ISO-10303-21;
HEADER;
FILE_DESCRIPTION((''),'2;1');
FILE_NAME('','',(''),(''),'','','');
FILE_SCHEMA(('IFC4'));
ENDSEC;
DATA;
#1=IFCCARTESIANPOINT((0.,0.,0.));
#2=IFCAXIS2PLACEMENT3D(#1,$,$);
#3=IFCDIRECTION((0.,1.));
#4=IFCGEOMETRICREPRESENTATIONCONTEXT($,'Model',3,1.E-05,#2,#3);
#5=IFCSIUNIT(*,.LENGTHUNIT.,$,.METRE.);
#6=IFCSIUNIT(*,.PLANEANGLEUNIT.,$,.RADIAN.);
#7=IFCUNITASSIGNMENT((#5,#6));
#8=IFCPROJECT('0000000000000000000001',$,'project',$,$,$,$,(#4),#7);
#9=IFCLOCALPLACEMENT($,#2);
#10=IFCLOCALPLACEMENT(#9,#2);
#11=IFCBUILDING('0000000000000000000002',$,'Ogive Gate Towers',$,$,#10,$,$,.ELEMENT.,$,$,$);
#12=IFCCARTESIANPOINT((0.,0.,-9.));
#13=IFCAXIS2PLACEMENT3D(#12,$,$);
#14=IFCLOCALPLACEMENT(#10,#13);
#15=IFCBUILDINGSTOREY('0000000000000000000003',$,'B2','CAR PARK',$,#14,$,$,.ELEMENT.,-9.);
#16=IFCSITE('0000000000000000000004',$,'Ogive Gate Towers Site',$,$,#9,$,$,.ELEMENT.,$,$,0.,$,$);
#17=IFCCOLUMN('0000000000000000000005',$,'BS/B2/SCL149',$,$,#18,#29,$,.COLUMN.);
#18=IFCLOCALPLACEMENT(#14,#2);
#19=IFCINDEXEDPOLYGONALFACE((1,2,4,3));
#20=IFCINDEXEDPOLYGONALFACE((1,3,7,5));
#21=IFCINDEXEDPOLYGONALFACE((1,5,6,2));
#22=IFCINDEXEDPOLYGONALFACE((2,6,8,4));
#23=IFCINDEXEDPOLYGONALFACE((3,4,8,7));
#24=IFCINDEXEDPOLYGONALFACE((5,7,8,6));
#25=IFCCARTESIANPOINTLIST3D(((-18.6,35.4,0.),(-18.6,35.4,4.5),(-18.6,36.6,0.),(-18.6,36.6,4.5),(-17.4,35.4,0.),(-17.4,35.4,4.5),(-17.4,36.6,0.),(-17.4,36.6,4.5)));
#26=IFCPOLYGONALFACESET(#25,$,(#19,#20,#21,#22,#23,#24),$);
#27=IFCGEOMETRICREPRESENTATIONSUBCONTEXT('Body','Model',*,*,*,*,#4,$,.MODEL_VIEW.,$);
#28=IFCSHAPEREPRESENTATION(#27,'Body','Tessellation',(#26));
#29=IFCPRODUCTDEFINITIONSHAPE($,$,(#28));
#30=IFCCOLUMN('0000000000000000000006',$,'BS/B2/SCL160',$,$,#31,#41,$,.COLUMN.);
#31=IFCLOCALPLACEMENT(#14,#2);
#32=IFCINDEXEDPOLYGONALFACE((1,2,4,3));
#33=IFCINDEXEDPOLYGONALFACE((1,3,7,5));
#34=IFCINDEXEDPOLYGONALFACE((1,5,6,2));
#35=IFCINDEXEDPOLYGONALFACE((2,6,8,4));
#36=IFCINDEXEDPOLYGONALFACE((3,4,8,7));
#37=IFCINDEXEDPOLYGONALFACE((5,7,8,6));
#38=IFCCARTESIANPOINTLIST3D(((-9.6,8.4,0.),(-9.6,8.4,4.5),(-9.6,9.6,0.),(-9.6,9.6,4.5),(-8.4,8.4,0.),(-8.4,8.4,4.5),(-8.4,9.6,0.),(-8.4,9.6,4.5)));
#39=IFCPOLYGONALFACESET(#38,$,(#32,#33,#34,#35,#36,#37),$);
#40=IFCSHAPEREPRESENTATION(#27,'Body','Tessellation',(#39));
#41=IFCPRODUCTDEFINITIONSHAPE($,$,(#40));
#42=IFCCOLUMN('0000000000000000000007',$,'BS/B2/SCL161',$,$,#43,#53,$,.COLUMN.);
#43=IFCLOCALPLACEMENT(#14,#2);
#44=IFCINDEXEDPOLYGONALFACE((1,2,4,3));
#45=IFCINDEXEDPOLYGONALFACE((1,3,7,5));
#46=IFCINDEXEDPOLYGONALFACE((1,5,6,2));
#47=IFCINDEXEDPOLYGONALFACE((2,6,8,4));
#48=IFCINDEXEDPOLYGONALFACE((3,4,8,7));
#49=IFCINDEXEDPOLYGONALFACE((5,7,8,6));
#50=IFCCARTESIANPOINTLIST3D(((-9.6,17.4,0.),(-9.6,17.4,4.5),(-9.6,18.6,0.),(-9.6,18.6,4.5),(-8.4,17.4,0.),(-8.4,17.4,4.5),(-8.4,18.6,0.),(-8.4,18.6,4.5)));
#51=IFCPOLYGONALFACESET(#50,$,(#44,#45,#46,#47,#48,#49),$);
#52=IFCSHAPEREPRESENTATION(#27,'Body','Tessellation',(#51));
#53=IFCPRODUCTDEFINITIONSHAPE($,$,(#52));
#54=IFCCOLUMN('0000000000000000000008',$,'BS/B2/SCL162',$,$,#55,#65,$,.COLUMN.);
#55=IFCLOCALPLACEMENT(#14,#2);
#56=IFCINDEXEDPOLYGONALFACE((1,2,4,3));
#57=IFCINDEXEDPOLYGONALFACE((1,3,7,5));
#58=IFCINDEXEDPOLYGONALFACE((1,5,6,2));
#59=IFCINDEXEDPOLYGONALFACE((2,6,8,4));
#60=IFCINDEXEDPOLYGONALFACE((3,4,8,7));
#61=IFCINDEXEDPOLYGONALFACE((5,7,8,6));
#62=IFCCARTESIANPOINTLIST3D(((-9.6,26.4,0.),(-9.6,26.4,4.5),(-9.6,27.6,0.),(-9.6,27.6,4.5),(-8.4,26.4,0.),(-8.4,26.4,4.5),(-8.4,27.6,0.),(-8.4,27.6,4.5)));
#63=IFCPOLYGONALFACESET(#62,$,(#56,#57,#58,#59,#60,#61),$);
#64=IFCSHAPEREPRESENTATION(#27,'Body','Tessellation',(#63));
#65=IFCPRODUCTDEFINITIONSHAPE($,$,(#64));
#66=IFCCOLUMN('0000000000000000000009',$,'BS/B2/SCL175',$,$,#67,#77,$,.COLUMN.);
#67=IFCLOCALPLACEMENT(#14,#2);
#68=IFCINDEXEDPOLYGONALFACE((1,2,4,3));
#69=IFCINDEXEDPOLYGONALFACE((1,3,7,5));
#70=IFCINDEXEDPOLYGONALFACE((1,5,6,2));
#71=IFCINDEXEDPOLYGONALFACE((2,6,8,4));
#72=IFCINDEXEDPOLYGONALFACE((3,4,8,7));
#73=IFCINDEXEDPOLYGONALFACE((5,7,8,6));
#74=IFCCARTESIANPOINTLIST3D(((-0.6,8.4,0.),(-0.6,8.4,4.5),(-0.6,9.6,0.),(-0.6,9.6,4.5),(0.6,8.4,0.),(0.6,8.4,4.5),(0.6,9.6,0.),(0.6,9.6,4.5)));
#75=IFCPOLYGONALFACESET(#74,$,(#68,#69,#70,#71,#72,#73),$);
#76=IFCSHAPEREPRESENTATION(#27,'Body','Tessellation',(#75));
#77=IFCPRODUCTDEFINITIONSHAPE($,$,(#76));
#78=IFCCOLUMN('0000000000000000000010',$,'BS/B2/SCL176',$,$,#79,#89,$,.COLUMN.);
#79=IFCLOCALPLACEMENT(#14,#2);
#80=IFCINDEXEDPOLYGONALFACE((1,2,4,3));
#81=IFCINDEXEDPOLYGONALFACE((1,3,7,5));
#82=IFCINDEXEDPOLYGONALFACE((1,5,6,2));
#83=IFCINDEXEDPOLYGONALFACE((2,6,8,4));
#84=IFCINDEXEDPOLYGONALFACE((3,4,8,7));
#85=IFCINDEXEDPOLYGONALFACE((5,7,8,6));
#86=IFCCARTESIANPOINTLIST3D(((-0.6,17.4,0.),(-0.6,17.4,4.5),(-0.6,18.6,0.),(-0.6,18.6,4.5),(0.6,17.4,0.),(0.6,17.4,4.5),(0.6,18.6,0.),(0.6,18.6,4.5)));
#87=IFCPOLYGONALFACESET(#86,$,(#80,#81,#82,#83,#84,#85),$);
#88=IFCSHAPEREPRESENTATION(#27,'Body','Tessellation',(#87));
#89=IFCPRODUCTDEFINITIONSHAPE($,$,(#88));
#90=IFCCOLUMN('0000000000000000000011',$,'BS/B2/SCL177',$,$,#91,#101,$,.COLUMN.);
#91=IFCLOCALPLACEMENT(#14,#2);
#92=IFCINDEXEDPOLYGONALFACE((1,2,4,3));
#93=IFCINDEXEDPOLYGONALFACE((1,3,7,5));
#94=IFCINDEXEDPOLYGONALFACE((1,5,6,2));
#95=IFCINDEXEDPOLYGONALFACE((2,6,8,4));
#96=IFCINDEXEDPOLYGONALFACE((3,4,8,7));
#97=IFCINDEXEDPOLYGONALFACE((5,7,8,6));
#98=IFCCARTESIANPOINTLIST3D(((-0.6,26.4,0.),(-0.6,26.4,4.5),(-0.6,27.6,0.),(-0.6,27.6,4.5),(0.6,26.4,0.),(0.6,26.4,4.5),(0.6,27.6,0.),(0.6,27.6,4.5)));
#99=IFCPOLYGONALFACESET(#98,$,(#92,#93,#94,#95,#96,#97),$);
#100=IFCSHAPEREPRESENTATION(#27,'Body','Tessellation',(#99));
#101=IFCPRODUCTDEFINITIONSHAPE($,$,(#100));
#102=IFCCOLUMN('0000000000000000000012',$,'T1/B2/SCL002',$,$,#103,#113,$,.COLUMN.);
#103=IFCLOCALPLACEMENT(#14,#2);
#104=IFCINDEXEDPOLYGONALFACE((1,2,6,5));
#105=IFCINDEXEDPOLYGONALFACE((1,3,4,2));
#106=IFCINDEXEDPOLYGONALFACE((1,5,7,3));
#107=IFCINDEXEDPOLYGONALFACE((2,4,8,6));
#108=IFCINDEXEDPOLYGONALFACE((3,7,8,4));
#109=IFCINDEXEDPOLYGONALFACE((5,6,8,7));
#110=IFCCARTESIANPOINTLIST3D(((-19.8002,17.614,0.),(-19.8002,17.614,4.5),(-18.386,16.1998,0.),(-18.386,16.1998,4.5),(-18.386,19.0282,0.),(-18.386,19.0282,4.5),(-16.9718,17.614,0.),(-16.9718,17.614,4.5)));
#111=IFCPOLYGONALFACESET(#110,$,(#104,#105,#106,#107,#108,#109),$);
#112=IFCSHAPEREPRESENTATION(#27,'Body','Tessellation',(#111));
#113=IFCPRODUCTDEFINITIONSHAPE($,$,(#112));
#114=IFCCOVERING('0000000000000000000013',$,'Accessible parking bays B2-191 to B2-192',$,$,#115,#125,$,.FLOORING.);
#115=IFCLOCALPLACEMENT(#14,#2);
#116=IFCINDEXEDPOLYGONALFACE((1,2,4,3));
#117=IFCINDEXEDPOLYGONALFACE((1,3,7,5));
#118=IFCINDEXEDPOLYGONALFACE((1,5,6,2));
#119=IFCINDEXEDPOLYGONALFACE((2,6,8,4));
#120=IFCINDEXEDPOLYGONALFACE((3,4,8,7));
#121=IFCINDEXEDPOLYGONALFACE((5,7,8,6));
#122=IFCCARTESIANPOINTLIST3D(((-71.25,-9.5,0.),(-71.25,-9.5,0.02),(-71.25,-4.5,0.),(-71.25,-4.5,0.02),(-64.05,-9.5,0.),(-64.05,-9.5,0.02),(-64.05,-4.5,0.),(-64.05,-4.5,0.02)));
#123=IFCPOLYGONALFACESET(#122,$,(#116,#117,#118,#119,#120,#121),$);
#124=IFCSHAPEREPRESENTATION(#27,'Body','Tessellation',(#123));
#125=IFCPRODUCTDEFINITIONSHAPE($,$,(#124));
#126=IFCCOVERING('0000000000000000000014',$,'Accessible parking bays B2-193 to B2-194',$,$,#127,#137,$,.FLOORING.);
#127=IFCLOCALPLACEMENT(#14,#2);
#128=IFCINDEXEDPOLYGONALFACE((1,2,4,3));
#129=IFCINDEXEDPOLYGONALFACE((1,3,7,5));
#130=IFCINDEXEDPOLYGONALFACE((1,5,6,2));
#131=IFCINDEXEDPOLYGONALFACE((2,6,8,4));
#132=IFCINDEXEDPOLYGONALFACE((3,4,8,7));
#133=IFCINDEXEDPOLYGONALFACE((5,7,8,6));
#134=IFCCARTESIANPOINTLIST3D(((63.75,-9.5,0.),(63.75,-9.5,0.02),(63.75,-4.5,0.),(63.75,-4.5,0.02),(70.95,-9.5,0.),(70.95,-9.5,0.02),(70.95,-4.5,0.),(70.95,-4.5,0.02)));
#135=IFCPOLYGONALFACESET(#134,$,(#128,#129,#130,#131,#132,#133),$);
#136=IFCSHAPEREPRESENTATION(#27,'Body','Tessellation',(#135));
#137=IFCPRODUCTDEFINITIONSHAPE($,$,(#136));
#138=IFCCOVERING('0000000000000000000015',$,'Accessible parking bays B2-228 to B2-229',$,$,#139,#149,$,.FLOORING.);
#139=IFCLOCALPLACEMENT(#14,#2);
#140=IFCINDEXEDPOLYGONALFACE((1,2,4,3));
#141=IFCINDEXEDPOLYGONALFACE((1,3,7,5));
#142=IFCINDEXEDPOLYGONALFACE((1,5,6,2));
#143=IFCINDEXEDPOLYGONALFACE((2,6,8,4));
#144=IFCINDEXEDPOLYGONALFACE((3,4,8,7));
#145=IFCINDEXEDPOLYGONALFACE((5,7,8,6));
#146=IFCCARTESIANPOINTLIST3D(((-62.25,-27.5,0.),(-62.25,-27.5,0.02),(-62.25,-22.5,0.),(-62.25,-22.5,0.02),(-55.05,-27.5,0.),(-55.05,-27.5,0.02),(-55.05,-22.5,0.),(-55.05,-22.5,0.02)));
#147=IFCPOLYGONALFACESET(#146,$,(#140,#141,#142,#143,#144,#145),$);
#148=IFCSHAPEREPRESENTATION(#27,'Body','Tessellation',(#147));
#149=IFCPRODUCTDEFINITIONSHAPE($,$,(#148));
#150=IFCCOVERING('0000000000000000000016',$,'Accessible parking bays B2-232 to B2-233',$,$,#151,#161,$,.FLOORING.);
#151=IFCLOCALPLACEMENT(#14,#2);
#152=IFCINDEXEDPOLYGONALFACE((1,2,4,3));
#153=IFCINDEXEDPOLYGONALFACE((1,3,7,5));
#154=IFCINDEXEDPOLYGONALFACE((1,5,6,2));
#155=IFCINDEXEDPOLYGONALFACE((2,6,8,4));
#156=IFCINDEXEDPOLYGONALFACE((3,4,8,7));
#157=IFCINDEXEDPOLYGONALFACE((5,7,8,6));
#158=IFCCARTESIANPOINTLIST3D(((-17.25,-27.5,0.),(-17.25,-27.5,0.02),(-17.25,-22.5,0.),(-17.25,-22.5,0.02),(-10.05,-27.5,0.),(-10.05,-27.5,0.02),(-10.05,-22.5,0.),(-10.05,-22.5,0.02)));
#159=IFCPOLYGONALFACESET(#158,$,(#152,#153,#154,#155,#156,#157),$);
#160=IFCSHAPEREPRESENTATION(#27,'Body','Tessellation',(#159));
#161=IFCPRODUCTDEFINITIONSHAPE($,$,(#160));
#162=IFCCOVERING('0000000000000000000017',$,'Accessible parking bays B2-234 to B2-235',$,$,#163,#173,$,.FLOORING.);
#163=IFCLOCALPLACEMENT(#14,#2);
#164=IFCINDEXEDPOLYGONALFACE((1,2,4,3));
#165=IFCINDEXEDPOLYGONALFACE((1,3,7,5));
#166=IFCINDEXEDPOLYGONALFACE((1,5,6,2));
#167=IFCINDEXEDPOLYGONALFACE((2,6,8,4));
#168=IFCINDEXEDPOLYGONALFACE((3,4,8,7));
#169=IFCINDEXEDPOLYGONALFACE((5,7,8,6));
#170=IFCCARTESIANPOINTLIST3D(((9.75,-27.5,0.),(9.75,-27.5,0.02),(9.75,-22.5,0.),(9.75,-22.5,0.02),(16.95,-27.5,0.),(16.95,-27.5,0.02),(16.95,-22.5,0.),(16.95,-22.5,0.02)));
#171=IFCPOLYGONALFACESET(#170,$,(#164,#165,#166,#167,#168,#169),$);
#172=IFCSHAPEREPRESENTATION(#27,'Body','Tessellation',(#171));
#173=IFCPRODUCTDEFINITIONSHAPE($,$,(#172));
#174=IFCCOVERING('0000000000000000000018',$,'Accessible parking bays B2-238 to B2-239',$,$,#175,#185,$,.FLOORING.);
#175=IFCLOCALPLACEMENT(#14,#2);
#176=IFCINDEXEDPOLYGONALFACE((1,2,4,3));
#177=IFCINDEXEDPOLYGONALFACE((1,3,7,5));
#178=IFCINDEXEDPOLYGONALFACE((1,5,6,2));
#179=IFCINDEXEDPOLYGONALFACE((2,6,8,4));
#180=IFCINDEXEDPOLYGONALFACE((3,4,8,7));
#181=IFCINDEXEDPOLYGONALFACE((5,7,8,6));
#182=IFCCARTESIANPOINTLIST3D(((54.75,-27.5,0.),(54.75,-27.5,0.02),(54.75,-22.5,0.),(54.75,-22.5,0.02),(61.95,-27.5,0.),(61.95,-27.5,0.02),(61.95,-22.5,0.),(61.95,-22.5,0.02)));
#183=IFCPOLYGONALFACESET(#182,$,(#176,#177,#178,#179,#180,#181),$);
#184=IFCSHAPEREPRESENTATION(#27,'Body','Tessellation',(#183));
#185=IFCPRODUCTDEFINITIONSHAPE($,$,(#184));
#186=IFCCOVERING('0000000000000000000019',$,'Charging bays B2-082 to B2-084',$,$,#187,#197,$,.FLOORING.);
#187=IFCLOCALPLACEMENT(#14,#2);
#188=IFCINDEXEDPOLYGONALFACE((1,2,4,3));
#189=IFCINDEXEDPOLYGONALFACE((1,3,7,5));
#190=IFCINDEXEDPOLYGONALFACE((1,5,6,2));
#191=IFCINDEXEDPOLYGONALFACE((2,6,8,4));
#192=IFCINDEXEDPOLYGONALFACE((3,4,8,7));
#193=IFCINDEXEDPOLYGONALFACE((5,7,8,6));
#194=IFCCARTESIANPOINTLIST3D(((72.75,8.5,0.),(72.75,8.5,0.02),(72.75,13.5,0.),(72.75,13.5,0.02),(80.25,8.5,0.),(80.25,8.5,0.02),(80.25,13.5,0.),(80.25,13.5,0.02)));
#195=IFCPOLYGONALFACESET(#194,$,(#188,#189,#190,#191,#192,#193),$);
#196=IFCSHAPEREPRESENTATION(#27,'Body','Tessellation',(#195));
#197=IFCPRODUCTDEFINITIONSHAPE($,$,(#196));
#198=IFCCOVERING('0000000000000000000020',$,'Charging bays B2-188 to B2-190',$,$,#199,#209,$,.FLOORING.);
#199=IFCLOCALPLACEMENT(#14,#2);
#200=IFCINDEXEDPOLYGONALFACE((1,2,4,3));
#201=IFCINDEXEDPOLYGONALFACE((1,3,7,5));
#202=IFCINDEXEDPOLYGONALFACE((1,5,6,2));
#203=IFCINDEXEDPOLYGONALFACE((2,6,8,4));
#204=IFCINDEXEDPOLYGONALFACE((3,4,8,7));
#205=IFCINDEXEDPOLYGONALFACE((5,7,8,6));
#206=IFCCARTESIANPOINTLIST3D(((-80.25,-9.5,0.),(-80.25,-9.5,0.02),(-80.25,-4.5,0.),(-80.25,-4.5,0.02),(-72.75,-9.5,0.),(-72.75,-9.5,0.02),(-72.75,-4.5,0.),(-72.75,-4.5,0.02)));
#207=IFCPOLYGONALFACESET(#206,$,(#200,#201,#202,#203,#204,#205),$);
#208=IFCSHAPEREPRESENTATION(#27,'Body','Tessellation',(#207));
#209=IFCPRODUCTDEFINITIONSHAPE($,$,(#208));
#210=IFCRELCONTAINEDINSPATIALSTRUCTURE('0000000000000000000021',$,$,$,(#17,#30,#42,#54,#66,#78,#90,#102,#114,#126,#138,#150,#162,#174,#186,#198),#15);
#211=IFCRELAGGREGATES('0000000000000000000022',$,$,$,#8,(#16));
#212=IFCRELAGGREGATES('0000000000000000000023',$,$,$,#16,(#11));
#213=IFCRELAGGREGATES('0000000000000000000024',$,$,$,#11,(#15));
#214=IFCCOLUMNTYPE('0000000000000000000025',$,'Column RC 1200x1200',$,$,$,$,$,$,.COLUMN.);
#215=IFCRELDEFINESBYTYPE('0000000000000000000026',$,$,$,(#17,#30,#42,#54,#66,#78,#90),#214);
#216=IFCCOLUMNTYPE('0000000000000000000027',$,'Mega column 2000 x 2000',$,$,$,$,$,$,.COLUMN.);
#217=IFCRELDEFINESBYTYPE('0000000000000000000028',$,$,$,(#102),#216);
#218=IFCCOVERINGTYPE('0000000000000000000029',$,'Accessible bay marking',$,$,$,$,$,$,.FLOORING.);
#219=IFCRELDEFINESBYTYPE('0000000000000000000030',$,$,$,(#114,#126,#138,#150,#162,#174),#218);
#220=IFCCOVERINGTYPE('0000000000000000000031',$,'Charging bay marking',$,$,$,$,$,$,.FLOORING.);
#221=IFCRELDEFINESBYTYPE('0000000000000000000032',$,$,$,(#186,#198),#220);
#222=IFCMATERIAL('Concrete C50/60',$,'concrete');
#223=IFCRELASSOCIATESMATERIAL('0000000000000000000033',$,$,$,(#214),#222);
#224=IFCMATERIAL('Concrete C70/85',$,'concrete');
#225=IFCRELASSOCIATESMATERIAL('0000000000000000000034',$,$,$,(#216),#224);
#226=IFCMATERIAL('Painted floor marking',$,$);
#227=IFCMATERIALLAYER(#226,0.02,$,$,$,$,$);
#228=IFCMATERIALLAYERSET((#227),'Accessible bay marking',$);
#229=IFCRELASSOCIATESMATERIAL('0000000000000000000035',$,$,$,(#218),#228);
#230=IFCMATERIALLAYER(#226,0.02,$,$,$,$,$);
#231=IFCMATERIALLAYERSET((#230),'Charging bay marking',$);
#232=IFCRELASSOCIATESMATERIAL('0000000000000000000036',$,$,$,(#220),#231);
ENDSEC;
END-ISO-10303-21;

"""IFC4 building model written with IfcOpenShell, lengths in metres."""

from ifc_helpers import new_model, si_unit, direction, frame, origin, origin_2d, place, context, subcontext, project, spatial, polyline, rectangle, outline, extrude, material, layer, layer_set, material_profile, profile_set, type_object, element, save


model = new_model("IFC4")

# Units and contexts
model_context = context("Model", 3, precision=1e-05, world=origin(), true_north=direction((0.0, 1.0)))
body_context = subcontext(model_context, "Body", "Model", "MODEL_VIEW")
ifc_project = project(units=[si_unit("LENGTHUNIT", "METRE"), si_unit("PLANEANGLEUNIT", "RADIAN")], contexts=[model_context])

# Site, building, storey
site_placement = place(None, origin())
site = spatial("IfcSite", under=ifc_project, at=site_placement, Name="Ogive Gate Towers Site", CompositionType="ELEMENT", RefElevation=0.0)
building_placement = place(site_placement, origin())
building = spatial("IfcBuilding", under=site, at=building_placement, Name="Ogive Gate Towers", CompositionType="ELEMENT")
storey_placement = place(building_placement, frame((0.0, 0.0, -9.0)))
storey = spatial("IfcBuildingStorey", under=building, at=storey_placement, Name="B2", Description="CAR PARK", CompositionType="ELEMENT", Elevation=-9.0)

# Columns
ifc_material_1 = material(Name="Concrete C50/60", Category="concrete")
ifc_material_profile_1 = material_profile(ifc_material_1, rectangle(XDim=1.2, YDim=1.2, at=origin_2d()), Name="RC 1200x1200")
ifc_profile_set_1 = profile_set([ifc_material_profile_1], Name="Concrete C50/60")
column_type_1 = type_object("IfcColumnType", Name="Column RC 1200x1200", PredefinedType="COLUMN", material=ifc_profile_set_1)
for number, where, z_axis, x_axis, name in (
    (1, (-18.0, 36.0, 0.0), (0.0, 0.0, 1.0), (1.0, 0.0, 0.0), "BS/B2/SCL149"),
    (2, (-9.0, 9.0, 0.0), (0.0, 0.0, 1.0), (1.0, 0.0, 0.0), "BS/B2/SCL160"),
    (3, (-9.0, 18.0, 0.0), (0.0, 0.0, 1.0), (1.0, 0.0, 0.0), "BS/B2/SCL161"),
    (4, (-9.0, 27.0, 0.0), (0.0, 0.0, 1.0), (1.0, 0.0, 0.0), "BS/B2/SCL162"),
    (5, (0.0, 9.0, 0.0), (0.0, 0.0, 1.0), (1.0, 0.0, 0.0), "BS/B2/SCL175"),
    (6, (0.0, 18.0, 0.0), (0.0, 0.0, 1.0), (1.0, 0.0, 0.0), "BS/B2/SCL176"),
    (7, (0.0, 27.0, 0.0), (0.0, 0.0, 1.0), (1.0, 0.0, 0.0), "BS/B2/SCL177"),
):
    element("IfcColumn", number, at=place(storey_placement, frame(where, z_axis=z_axis, x_axis=x_axis)), inside=storey, type_object=column_type_1, Name=name, PredefinedType="COLUMN", context=body_context, shape_type="SweptSolid", body=[
        extrude(rectangle(XDim=1.2, YDim=1.2, at=origin_2d()), origin(), (0.0, 0.0, 1.0), 4.5),
    ])
ifc_material_2 = material(Name="Concrete C70/85", Category="concrete")
ifc_material_profile_2 = material_profile(ifc_material_2, rectangle(XDim=2.0, YDim=2.0, at=origin_2d()), Name="RC 2000x2000")
ifc_profile_set_2 = profile_set([ifc_material_profile_2], Name="Concrete C70/85")
column_type_2 = type_object("IfcColumnType", Name="Mega column 2000 x 2000", PredefinedType="COLUMN", material=ifc_profile_set_2)
column_placement = place(storey_placement, frame((-18.386, 17.614, 0.0), z_axis=(0.0, 0.0, 1.0), x_axis=(0.707107, 0.707107, 0.0)))
element("IfcColumn", 8, at=column_placement, inside=storey, type_object=column_type_2, Name="T1/B2/SCL002", PredefinedType="COLUMN", context=body_context, shape_type="SweptSolid", body=[
    extrude(rectangle(XDim=2.0, YDim=2.0, at=origin_2d()), origin(), (0.0, 0.0, 1.0), 4.5),
])

# Coverings
ifc_material_3 = material(Name="Painted floor marking")
ifc_layer_1 = layer(ifc_material_3, 0.02)
ifc_layer_set_1 = layer_set([ifc_layer_1], Name="Accessible bay marking")
covering_type_1 = type_object("IfcCoveringType", Name="Accessible bay marking", PredefinedType="FLOORING", material=ifc_layer_set_1)
covering_1_placement = place(storey_placement, origin())
element("IfcCovering", 9, at=covering_1_placement, inside=storey, type_object=covering_type_1, Name="Accessible parking bays B2-191 to B2-192", PredefinedType="FLOORING", context=body_context, shape_type="SweptSolid", body=[
    extrude(outline(polyline([(-64.05, -4.5), (-64.05, -9.5), (-71.25, -9.5), (-71.25, -4.5), (-64.05, -4.5)])), origin(), (0.0, 0.0, 1.0), 0.02),
])
covering_2_placement = place(storey_placement, origin())
element("IfcCovering", 10, at=covering_2_placement, inside=storey, type_object=covering_type_1, Name="Accessible parking bays B2-193 to B2-194", PredefinedType="FLOORING", context=body_context, shape_type="SweptSolid", body=[
    extrude(outline(polyline([(70.95, -4.5), (70.95, -9.5), (63.75, -9.5), (63.75, -4.5), (70.95, -4.5)])), origin(), (0.0, 0.0, 1.0), 0.02),
])
covering_3_placement = place(storey_placement, origin())
element("IfcCovering", 11, at=covering_3_placement, inside=storey, type_object=covering_type_1, Name="Accessible parking bays B2-228 to B2-229", PredefinedType="FLOORING", context=body_context, shape_type="SweptSolid", body=[
    extrude(outline(polyline([(-55.05, -27.5), (-62.25, -27.5), (-62.25, -22.5), (-55.05, -22.5), (-55.05, -27.5)])), origin(), (0.0, 0.0, 1.0), 0.02),
])
covering_4_placement = place(storey_placement, origin())
element("IfcCovering", 12, at=covering_4_placement, inside=storey, type_object=covering_type_1, Name="Accessible parking bays B2-232 to B2-233", PredefinedType="FLOORING", context=body_context, shape_type="SweptSolid", body=[
    extrude(outline(polyline([(-10.05, -27.5), (-17.25, -27.5), (-17.25, -22.5), (-10.05, -22.5), (-10.05, -27.5)])), origin(), (0.0, 0.0, 1.0), 0.02),
])
covering_5_placement = place(storey_placement, origin())
element("IfcCovering", 13, at=covering_5_placement, inside=storey, type_object=covering_type_1, Name="Accessible parking bays B2-234 to B2-235", PredefinedType="FLOORING", context=body_context, shape_type="SweptSolid", body=[
    extrude(outline(polyline([(16.95, -27.5), (9.75, -27.5), (9.75, -22.5), (16.95, -22.5), (16.95, -27.5)])), origin(), (0.0, 0.0, 1.0), 0.02),
])
covering_6_placement = place(storey_placement, origin())
element("IfcCovering", 14, at=covering_6_placement, inside=storey, type_object=covering_type_1, Name="Accessible parking bays B2-238 to B2-239", PredefinedType="FLOORING", context=body_context, shape_type="SweptSolid", body=[
    extrude(outline(polyline([(61.95, -27.5), (54.75, -27.5), (54.75, -22.5), (61.95, -22.5), (61.95, -27.5)])), origin(), (0.0, 0.0, 1.0), 0.02),
])
ifc_layer_2 = layer(ifc_material_3, 0.02)
ifc_layer_set_2 = layer_set([ifc_layer_2], Name="Charging bay marking")
covering_type_2 = type_object("IfcCoveringType", Name="Charging bay marking", PredefinedType="FLOORING", material=ifc_layer_set_2)
covering_7_placement = place(storey_placement, origin())
element("IfcCovering", 15, at=covering_7_placement, inside=storey, type_object=covering_type_2, Name="Charging bays B2-082 to B2-084", PredefinedType="FLOORING", context=body_context, shape_type="SweptSolid", body=[
    extrude(outline(polyline([(80.25, 13.5), (80.25, 8.5), (72.75, 8.5), (72.75, 13.5), (80.25, 13.5)])), origin(), (0.0, 0.0, 1.0), 0.02),
])
covering_8_placement = place(storey_placement, origin())
element("IfcCovering", 16, at=covering_8_placement, inside=storey, type_object=covering_type_2, Name="Charging bays B2-188 to B2-190", PredefinedType="FLOORING", context=body_context, shape_type="SweptSolid", body=[
    extrude(outline(polyline([(-72.75, -4.5), (-72.75, -9.5), (-80.25, -9.5), (-80.25, -4.5), (-72.75, -4.5)])), origin(), (0.0, 0.0, 1.0), 0.02),
])

save(model, "model.ifc")
